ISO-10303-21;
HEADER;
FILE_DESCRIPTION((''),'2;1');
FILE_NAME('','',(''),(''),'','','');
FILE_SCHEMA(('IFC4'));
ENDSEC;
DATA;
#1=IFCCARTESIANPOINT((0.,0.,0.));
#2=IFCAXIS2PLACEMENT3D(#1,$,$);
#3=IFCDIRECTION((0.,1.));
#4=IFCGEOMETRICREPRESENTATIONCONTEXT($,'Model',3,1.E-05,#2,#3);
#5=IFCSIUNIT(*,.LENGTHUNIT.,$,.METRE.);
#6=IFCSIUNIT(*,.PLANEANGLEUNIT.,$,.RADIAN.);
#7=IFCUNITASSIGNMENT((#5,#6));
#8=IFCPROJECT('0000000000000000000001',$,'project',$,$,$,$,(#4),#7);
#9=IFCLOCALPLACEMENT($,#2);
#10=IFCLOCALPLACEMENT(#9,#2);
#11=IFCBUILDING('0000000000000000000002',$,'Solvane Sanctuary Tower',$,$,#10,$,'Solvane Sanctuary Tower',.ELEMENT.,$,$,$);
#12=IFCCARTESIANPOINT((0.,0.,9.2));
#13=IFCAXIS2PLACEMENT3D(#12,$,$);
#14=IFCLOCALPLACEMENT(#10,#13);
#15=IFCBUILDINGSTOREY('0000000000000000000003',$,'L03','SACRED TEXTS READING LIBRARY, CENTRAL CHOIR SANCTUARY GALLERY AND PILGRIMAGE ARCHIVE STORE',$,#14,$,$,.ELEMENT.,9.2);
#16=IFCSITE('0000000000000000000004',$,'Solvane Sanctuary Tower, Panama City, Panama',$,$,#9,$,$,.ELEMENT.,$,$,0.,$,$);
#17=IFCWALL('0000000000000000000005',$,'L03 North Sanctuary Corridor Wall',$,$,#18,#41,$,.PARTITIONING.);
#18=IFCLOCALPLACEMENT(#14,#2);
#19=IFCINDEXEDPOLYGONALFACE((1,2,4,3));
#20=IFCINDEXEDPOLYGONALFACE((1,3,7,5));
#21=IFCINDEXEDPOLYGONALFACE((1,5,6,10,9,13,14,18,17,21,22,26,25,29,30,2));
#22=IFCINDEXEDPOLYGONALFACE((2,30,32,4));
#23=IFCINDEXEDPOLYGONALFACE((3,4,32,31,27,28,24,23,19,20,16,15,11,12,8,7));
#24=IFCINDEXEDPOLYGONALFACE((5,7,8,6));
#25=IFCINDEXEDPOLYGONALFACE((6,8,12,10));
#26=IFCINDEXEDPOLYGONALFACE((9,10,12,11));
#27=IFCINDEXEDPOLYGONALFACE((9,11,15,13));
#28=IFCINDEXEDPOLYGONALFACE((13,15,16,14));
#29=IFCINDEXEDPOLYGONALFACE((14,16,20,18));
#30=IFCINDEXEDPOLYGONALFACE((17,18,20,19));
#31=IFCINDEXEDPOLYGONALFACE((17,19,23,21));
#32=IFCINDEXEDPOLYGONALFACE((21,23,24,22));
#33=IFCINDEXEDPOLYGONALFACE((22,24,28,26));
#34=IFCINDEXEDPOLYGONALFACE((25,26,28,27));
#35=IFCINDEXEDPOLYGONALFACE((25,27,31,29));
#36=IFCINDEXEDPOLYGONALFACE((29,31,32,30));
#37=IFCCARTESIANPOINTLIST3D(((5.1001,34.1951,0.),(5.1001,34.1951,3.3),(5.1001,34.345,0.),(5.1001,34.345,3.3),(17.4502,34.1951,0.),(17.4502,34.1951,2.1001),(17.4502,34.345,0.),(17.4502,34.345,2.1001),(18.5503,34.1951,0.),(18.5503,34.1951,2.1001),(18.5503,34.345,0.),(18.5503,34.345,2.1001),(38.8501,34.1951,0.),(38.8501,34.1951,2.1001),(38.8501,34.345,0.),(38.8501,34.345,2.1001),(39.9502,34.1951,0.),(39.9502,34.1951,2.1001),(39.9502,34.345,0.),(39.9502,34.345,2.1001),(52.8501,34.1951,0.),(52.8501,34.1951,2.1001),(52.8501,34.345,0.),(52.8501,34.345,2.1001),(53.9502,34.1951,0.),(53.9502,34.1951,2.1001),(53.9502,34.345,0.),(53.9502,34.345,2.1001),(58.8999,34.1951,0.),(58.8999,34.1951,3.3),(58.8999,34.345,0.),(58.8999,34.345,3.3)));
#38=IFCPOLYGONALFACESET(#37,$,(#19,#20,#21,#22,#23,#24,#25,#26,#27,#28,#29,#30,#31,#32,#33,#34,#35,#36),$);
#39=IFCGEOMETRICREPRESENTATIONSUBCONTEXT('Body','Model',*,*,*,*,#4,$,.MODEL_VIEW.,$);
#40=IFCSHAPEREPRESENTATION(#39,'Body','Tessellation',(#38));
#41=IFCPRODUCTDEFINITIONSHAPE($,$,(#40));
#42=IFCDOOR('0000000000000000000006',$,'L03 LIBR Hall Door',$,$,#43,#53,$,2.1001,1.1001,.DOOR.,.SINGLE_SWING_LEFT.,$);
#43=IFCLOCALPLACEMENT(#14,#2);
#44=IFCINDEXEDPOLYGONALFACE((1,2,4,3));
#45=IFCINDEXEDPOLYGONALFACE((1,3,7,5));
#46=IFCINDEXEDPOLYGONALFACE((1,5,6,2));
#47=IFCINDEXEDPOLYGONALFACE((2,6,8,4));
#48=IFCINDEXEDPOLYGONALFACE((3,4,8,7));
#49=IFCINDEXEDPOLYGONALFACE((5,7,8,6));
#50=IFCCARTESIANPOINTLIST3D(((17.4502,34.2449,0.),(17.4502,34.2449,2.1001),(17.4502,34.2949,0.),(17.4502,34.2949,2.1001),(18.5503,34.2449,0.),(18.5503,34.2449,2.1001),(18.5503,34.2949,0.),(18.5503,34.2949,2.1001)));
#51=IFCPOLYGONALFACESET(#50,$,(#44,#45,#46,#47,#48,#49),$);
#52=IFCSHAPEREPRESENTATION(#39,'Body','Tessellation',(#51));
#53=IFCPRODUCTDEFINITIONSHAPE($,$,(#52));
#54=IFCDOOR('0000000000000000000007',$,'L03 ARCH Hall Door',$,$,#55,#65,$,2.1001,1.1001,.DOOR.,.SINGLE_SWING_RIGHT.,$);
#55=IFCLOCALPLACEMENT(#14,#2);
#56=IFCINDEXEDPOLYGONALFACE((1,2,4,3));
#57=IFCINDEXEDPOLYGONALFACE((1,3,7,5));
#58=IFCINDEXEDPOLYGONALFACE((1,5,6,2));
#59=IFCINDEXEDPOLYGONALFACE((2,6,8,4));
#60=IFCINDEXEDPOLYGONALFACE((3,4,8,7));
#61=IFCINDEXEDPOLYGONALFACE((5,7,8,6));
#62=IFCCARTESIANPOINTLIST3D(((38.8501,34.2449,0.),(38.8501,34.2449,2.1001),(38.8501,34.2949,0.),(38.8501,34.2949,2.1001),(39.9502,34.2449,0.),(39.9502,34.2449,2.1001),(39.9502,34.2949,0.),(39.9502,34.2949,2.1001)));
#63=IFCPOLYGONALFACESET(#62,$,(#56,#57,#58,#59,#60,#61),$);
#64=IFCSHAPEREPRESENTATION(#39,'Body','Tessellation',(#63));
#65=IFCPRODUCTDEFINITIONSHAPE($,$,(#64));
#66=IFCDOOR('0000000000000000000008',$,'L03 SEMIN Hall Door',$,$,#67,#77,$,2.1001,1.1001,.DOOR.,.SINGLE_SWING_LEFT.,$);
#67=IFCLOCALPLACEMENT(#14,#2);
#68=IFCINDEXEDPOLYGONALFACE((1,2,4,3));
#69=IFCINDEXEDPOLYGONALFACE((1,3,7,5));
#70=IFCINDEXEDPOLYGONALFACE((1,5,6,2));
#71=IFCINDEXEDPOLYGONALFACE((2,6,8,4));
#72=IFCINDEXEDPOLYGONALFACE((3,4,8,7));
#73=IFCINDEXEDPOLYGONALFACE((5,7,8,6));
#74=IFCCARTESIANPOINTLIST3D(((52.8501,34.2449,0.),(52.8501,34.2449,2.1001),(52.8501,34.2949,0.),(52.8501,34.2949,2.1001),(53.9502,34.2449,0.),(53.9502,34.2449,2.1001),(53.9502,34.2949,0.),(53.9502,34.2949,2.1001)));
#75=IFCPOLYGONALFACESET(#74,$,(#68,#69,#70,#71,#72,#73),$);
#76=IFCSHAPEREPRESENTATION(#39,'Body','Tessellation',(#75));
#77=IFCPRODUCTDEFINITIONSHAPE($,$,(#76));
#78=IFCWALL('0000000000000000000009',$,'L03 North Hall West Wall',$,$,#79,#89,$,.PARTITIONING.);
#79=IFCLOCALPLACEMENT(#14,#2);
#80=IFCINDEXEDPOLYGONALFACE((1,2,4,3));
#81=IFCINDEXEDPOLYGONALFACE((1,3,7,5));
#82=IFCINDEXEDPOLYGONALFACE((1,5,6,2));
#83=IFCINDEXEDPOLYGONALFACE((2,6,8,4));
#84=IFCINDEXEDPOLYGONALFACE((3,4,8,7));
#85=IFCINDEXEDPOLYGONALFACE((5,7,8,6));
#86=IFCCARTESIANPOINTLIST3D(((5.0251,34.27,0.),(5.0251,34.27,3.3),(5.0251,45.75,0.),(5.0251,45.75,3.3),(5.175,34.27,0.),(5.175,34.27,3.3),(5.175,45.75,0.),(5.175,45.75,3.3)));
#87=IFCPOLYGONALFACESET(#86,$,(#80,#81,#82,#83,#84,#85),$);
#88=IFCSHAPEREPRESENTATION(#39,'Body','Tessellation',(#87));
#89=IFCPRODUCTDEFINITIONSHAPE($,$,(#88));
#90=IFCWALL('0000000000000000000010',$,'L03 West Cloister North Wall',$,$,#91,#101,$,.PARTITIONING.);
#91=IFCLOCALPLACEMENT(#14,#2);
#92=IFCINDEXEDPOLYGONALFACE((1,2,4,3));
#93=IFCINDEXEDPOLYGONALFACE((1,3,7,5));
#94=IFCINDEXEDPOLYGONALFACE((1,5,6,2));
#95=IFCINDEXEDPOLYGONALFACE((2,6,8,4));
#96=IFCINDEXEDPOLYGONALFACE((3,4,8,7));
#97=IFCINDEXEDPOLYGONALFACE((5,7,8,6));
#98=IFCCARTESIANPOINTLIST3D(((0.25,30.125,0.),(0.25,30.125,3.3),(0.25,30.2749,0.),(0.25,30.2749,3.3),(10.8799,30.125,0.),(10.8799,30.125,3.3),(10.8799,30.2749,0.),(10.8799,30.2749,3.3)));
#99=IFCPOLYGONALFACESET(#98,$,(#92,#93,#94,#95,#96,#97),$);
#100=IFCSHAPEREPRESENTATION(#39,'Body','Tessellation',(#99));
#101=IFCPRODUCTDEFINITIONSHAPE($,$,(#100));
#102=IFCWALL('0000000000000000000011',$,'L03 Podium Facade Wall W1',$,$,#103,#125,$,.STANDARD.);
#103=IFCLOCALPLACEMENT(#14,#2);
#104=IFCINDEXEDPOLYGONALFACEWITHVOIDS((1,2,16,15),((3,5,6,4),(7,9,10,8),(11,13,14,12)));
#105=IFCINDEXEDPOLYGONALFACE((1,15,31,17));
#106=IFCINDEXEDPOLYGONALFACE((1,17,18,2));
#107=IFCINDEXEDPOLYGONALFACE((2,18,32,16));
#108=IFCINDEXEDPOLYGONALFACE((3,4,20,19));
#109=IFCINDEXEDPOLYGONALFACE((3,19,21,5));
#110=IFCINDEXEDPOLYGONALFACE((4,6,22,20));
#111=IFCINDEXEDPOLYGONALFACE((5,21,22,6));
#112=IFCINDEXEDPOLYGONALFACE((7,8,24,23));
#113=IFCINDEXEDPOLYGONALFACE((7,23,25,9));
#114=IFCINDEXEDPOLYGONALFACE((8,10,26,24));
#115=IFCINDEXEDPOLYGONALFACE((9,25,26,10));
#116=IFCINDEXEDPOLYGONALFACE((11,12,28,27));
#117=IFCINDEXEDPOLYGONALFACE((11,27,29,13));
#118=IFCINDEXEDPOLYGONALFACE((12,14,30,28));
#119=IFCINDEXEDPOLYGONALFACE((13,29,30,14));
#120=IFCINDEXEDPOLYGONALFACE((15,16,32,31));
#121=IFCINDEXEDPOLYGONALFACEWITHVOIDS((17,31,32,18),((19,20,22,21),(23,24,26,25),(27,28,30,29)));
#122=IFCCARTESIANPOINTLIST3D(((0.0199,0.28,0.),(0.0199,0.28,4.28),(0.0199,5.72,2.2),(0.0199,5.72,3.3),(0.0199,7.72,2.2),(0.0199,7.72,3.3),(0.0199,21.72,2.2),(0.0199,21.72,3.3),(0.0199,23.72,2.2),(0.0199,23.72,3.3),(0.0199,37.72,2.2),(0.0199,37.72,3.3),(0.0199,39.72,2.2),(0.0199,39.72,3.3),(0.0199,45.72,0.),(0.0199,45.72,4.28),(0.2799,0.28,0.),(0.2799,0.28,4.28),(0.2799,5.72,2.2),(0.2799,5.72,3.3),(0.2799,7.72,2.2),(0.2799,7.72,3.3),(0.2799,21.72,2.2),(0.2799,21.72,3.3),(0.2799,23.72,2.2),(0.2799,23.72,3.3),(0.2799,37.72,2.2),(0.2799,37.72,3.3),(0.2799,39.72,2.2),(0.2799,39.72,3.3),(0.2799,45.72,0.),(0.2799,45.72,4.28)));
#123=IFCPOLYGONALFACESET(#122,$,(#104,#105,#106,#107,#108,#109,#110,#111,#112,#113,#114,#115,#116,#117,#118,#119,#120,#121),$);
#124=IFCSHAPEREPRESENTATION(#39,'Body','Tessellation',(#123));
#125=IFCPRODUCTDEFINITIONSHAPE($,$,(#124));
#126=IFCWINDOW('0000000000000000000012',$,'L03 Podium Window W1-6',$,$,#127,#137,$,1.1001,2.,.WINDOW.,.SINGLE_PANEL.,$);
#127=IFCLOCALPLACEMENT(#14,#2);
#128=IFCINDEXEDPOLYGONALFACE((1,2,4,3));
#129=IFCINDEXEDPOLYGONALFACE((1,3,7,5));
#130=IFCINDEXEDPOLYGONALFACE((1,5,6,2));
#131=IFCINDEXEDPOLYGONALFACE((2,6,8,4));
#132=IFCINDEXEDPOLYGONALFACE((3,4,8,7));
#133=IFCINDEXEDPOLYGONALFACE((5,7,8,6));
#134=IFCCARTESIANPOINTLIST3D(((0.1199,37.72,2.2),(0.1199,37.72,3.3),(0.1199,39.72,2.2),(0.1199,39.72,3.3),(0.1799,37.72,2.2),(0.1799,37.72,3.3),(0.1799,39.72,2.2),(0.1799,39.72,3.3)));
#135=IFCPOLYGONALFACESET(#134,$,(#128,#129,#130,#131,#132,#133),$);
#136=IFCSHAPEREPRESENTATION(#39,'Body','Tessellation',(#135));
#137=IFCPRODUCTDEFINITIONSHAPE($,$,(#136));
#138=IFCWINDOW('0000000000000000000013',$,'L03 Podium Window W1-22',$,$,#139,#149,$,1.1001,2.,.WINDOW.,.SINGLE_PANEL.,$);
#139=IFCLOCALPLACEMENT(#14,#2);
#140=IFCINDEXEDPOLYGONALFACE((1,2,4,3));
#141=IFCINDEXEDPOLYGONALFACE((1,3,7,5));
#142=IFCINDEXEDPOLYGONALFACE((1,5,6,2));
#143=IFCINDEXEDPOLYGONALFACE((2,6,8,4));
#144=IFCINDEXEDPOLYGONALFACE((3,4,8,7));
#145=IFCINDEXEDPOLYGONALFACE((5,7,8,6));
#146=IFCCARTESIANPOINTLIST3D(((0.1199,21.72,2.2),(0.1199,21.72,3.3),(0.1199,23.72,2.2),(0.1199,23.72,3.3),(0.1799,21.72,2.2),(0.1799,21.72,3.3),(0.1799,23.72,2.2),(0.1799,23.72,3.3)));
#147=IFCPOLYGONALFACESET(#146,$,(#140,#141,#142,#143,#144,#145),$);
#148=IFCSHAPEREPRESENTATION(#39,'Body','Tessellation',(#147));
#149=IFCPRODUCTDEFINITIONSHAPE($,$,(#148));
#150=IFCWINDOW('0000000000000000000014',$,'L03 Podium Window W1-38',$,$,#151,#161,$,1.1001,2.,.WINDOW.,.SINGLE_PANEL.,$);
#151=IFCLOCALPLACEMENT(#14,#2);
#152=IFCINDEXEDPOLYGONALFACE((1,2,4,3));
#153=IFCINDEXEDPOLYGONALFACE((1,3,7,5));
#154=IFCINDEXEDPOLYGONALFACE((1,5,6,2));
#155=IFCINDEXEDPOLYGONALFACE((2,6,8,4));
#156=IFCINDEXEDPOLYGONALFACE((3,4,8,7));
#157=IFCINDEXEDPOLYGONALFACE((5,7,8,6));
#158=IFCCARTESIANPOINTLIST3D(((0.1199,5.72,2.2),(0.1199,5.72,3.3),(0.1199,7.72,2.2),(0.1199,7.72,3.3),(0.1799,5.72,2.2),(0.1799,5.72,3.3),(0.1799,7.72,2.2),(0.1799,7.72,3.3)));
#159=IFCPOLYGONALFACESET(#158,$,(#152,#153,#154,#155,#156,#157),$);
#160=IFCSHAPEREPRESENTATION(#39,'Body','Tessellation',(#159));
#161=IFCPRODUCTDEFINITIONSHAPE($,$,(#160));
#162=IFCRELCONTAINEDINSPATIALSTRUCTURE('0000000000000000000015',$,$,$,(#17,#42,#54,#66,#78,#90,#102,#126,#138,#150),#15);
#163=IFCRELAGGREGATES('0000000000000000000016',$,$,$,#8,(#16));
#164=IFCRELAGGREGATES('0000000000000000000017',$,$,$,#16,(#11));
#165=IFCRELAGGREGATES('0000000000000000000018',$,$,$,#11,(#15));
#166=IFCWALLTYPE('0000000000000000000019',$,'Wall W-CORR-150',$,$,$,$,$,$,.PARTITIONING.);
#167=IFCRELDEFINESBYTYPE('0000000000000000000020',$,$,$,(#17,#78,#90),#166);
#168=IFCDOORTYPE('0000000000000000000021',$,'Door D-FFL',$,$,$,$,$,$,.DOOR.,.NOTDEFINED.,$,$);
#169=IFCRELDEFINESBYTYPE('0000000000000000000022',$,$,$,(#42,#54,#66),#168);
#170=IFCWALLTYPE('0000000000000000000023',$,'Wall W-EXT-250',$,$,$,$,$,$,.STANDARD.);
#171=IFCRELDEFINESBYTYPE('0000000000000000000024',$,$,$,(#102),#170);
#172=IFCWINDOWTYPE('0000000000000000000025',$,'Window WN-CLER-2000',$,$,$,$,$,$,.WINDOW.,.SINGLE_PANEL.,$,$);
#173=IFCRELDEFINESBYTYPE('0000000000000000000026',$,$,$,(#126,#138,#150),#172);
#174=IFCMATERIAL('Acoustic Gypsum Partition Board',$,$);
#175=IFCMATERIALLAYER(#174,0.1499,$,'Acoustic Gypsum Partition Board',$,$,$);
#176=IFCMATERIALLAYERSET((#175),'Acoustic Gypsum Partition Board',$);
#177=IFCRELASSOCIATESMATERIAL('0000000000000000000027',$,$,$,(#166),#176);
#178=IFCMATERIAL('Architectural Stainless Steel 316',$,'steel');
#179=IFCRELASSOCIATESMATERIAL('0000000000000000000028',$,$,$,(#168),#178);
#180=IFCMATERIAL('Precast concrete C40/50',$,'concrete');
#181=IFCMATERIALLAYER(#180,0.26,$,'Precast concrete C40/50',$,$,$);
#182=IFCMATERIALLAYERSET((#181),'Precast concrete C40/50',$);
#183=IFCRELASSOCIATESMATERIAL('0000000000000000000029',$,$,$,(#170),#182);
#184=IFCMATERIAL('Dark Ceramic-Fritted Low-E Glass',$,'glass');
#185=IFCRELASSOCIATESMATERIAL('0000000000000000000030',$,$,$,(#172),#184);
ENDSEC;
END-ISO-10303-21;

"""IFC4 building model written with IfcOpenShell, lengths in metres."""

from ifc_helpers import new_model, si_unit, direction, frame, frame_2d, origin, place, context, subcontext, project, spatial, rectangle, extrude, material, layer, layer_set, type_object, element, fill, save


model = new_model("IFC4")

# Units and contexts
model_context = context("Model", 3, precision=1e-05, world=origin(), true_north=direction((0.0, 1.0)))
body_context = subcontext(model_context, "Body", "Model", "MODEL_VIEW")
ifc_project = project(units=[si_unit("LENGTHUNIT", "METRE"), si_unit("PLANEANGLEUNIT", "RADIAN")], contexts=[model_context])

# Site, building, storey
site_placement = place(None, origin())
site = spatial("IfcSite", under=ifc_project, at=site_placement, Name="Solvane Sanctuary Tower, Panama City, Panama", CompositionType="ELEMENT", RefElevation=0.0)
building_placement = place(site_placement, origin())
building = spatial("IfcBuilding", under=site, at=building_placement, Name="Solvane Sanctuary Tower", LongName="Solvane Sanctuary Tower", CompositionType="ELEMENT")
storey_placement = place(building_placement, frame((0.0, 0.0, 9.2)))
storey = spatial("IfcBuildingStorey", under=building, at=storey_placement, Name="L03", Description="SACRED TEXTS READING LIBRARY, CENTRAL CHOIR SANCTUARY GALLERY AND PILGRIMAGE ARCHIVE STORE", CompositionType="ELEMENT", Elevation=9.2)

# Wall, openings, doors
ifc_material_1 = material(Name="Acoustic Gypsum Partition Board")
ifc_layer_1 = layer(ifc_material_1, 0.1499, Name="Acoustic Gypsum Partition Board")
ifc_layer_set_1 = layer_set([ifc_layer_1], Name="Acoustic Gypsum Partition Board")
wall_type_1 = type_object("IfcWallType", Name="Wall W-CORR-150", PredefinedType="PARTITIONING", material=ifc_layer_set_1)
wall_1_placement = place(storey_placement, frame((5.1001, 34.27, 0.0), z_axis=(0.0, 0.0, 1.0), x_axis=(1.0, 0.0, 0.0)))
wall_1 = element("IfcWall", 1, at=wall_1_placement, inside=storey, type_object=wall_type_1, Name="L03 North Sanctuary Corridor Wall", PredefinedType="PARTITIONING", context=body_context, shape_type="SweptSolid", body=[
    extrude(rectangle(XDim=53.7998, YDim=0.1499, at=frame_2d((26.8999, 0.0))), origin(), (0.0, 0.0, 1.0), 3.3),
])
opening_1_placement = place(wall_1_placement, frame((12.3501, 0.0, 0.0)))
opening_1 = element("IfcOpeningElement", 2, at=opening_1_placement, cuts=wall_1, PredefinedType="OPENING", context=body_context, shape_type="SweptSolid", body=[
    extrude(rectangle(XDim=1.1001, YDim=2.1001, at=frame_2d((0.55, 1.05))), frame((0.0, 0.085, 0.0), z_axis=(0.0, -1.0, 0.0), x_axis=(1.0, 0.0, 0.0)), (0.0, 0.0, 1.0), 0.1699),
])
opening_2_placement = place(wall_1_placement, frame((33.75, 0.0, 0.0)))
opening_2 = element("IfcOpeningElement", 3, at=opening_2_placement, cuts=wall_1, PredefinedType="OPENING", context=body_context, shape_type="SweptSolid", body=[
    extrude(rectangle(XDim=1.1001, YDim=2.1001, at=frame_2d((0.55, 1.05))), frame((0.0, 0.085, 0.0), z_axis=(0.0, -1.0, 0.0), x_axis=(1.0, 0.0, 0.0)), (0.0, 0.0, 1.0), 0.1699),
])
opening_3_placement = place(wall_1_placement, frame((47.75, 0.0, 0.0)))
opening_3 = element("IfcOpeningElement", 4, at=opening_3_placement, cuts=wall_1, PredefinedType="OPENING", context=body_context, shape_type="SweptSolid", body=[
    extrude(rectangle(XDim=1.1001, YDim=2.1001, at=frame_2d((0.55, 1.05))), frame((0.0, 0.085, 0.0), z_axis=(0.0, -1.0, 0.0), x_axis=(1.0, 0.0, 0.0)), (0.0, 0.0, 1.0), 0.1699),
])
ifc_material_2 = material(Name="Architectural Stainless Steel 316", Category="steel")
door_type_1 = type_object("IfcDoorType", Name="Door D-FFL", OperationType="NOTDEFINED", PredefinedType="DOOR", material=ifc_material_2)
door_1_placement = place(opening_1_placement, origin())
door_1 = element("IfcDoor", 5, at=door_1_placement, inside=storey, type_object=door_type_1, Name="L03 LIBR Hall Door", OperationType="SINGLE_SWING_LEFT", OverallHeight=2.1001, OverallWidth=1.1001, PredefinedType="DOOR", context=body_context, shape_type="SweptSolid", body=[
    extrude(rectangle(XDim=1.1001, YDim=2.1001, at=frame_2d((0.55, 1.05))), frame((0.0, 0.0249, 0.0), z_axis=(0.0, -1.0, 0.0), x_axis=(1.0, 0.0, 0.0)), (0.0, 0.0, 1.0), 0.05),
])
fill(opening_1, door_1)
door_2_placement = place(opening_2_placement, origin())
door_2 = element("IfcDoor", 6, at=door_2_placement, inside=storey, type_object=door_type_1, Name="L03 ARCH Hall Door", OperationType="SINGLE_SWING_RIGHT", OverallHeight=2.1001, OverallWidth=1.1001, PredefinedType="DOOR", context=body_context, shape_type="SweptSolid", body=[
    extrude(rectangle(XDim=1.1001, YDim=2.1001, at=frame_2d((0.55, 1.05))), frame((0.0, 0.0249, 0.0), z_axis=(0.0, -1.0, 0.0), x_axis=(1.0, 0.0, 0.0)), (0.0, 0.0, 1.0), 0.05),
])
fill(opening_2, door_2)
door_3_placement = place(opening_3_placement, origin())
door_3 = element("IfcDoor", 7, at=door_3_placement, inside=storey, type_object=door_type_1, Name="L03 SEMIN Hall Door", OperationType="SINGLE_SWING_LEFT", OverallHeight=2.1001, OverallWidth=1.1001, PredefinedType="DOOR", context=body_context, shape_type="SweptSolid", body=[
    extrude(rectangle(XDim=1.1001, YDim=2.1001, at=frame_2d((0.55, 1.05))), frame((0.0, 0.0249, 0.0), z_axis=(0.0, -1.0, 0.0), x_axis=(1.0, 0.0, 0.0)), (0.0, 0.0, 1.0), 0.05),
])
fill(opening_3, door_3)

# Walls
wall_2_placement = place(storey_placement, frame((5.1001, 34.27, 0.0), z_axis=(0.0, 0.0, 1.0), x_axis=(0.0, 1.0, 0.0)))
element("IfcWall", 8, at=wall_2_placement, inside=storey, type_object=wall_type_1, Name="L03 North Hall West Wall", PredefinedType="PARTITIONING", context=body_context, shape_type="SweptSolid", body=[
    extrude(rectangle(XDim=11.48, YDim=0.1499, at=frame_2d((5.74, 0.0))), origin(), (0.0, 0.0, 1.0), 3.3),
])
wall_3_placement = place(storey_placement, frame((0.25, 30.2, 0.0), z_axis=(0.0, 0.0, 1.0), x_axis=(1.0, 0.0, 0.0)))
element("IfcWall", 9, at=wall_3_placement, inside=storey, type_object=wall_type_1, Name="L03 West Cloister North Wall", PredefinedType="PARTITIONING", context=body_context, shape_type="SweptSolid", body=[
    extrude(rectangle(XDim=10.6299, YDim=0.1499, at=frame_2d((5.3149, 0.0))), origin(), (0.0, 0.0, 1.0), 3.3),
])

# Wall, openings, windows
ifc_material_3 = material(Name="Precast concrete C40/50", Category="concrete")
ifc_layer_2 = layer(ifc_material_3, 0.26, Name="Precast concrete C40/50")
ifc_layer_set_2 = layer_set([ifc_layer_2], Name="Precast concrete C40/50")
wall_type_2 = type_object("IfcWallType", Name="Wall W-EXT-250", PredefinedType="STANDARD", material=ifc_layer_set_2)
wall_4_placement = place(storey_placement, frame((0.1499, 45.72, 0.0), z_axis=(0.0, 0.0, 1.0), x_axis=(0.0, -1.0, 0.0)))
wall_4 = element("IfcWall", 10, at=wall_4_placement, inside=storey, type_object=wall_type_2, Name="L03 Podium Facade Wall W1", PredefinedType="STANDARD", context=body_context, shape_type="SweptSolid", body=[
    extrude(rectangle(XDim=45.4399, YDim=0.26, at=frame_2d((22.72, 0.0))), origin(), (0.0, 0.0, 1.0), 4.28),
])
opening_4_placement = place(wall_4_placement, frame((6.0, 0.0, 2.2)))
opening_4 = element("IfcOpeningElement", 11, at=opening_4_placement, cuts=wall_4, PredefinedType="OPENING", context=body_context, shape_type="SweptSolid", body=[
    extrude(rectangle(XDim=2.0, YDim=1.1001, at=frame_2d((1.0, 0.55))), frame((0.0, 0.1399, 0.0), z_axis=(0.0, -1.0, 0.0), x_axis=(1.0, 0.0, 0.0)), (0.0, 0.0, 1.0), 0.28),
])
opening_5_placement = place(wall_4_placement, frame((22.0, 0.0, 2.2)))
opening_5 = element("IfcOpeningElement", 12, at=opening_5_placement, cuts=wall_4, PredefinedType="OPENING", context=body_context, shape_type="SweptSolid", body=[
    extrude(rectangle(XDim=2.0, YDim=1.1001, at=frame_2d((1.0, 0.55))), frame((0.0, 0.1399, 0.0), z_axis=(0.0, -1.0, 0.0), x_axis=(1.0, 0.0, 0.0)), (0.0, 0.0, 1.0), 0.28),
])
opening_6_placement = place(wall_4_placement, frame((38.0, 0.0, 2.2)))
opening_6 = element("IfcOpeningElement", 13, at=opening_6_placement, cuts=wall_4, PredefinedType="OPENING", context=body_context, shape_type="SweptSolid", body=[
    extrude(rectangle(XDim=2.0, YDim=1.1001, at=frame_2d((1.0, 0.55))), frame((0.0, 0.1399, 0.0), z_axis=(0.0, -1.0, 0.0), x_axis=(1.0, 0.0, 0.0)), (0.0, 0.0, 1.0), 0.28),
])
ifc_material_4 = material(Name="Dark Ceramic-Fritted Low-E Glass", Category="glass")
window_type = type_object("IfcWindowType", Name="Window WN-CLER-2000", PartitioningType="SINGLE_PANEL", PredefinedType="WINDOW", material=ifc_material_4)
window_1_placement = place(opening_4_placement, origin())
window_1 = element("IfcWindow", 14, at=window_1_placement, inside=storey, type_object=window_type, Name="L03 Podium Window W1-6", OverallHeight=1.1001, OverallWidth=2.0, PartitioningType="SINGLE_PANEL", PredefinedType="WINDOW", context=body_context, shape_type="SweptSolid", body=[
    extrude(rectangle(XDim=2.0, YDim=1.1001, at=frame_2d((1.0, 0.55))), frame((0.0, 0.03, 0.0), z_axis=(0.0, -1.0, 0.0), x_axis=(1.0, 0.0, 0.0)), (0.0, 0.0, 1.0), 0.0601),
])
fill(opening_4, window_1)
window_2_placement = place(opening_5_placement, origin())
window_2 = element("IfcWindow", 15, at=window_2_placement, inside=storey, type_object=window_type, Name="L03 Podium Window W1-22", OverallHeight=1.1001, OverallWidth=2.0, PartitioningType="SINGLE_PANEL", PredefinedType="WINDOW", context=body_context, shape_type="SweptSolid", body=[
    extrude(rectangle(XDim=2.0, YDim=1.1001, at=frame_2d((1.0, 0.55))), frame((0.0, 0.03, 0.0), z_axis=(0.0, -1.0, 0.0), x_axis=(1.0, 0.0, 0.0)), (0.0, 0.0, 1.0), 0.0601),
])
fill(opening_5, window_2)
window_3_placement = place(opening_6_placement, origin())
window_3 = element("IfcWindow", 16, at=window_3_placement, inside=storey, type_object=window_type, Name="L03 Podium Window W1-38", OverallHeight=1.1001, OverallWidth=2.0, PartitioningType="SINGLE_PANEL", PredefinedType="WINDOW", context=body_context, shape_type="SweptSolid", body=[
    extrude(rectangle(XDim=2.0, YDim=1.1001, at=frame_2d((1.0, 0.55))), frame((0.0, 0.03, 0.0), z_axis=(0.0, -1.0, 0.0), x_axis=(1.0, 0.0, 0.0)), (0.0, 0.0, 1.0), 0.0601),
])
fill(opening_6, window_3)

save(model, "model.ifc")
